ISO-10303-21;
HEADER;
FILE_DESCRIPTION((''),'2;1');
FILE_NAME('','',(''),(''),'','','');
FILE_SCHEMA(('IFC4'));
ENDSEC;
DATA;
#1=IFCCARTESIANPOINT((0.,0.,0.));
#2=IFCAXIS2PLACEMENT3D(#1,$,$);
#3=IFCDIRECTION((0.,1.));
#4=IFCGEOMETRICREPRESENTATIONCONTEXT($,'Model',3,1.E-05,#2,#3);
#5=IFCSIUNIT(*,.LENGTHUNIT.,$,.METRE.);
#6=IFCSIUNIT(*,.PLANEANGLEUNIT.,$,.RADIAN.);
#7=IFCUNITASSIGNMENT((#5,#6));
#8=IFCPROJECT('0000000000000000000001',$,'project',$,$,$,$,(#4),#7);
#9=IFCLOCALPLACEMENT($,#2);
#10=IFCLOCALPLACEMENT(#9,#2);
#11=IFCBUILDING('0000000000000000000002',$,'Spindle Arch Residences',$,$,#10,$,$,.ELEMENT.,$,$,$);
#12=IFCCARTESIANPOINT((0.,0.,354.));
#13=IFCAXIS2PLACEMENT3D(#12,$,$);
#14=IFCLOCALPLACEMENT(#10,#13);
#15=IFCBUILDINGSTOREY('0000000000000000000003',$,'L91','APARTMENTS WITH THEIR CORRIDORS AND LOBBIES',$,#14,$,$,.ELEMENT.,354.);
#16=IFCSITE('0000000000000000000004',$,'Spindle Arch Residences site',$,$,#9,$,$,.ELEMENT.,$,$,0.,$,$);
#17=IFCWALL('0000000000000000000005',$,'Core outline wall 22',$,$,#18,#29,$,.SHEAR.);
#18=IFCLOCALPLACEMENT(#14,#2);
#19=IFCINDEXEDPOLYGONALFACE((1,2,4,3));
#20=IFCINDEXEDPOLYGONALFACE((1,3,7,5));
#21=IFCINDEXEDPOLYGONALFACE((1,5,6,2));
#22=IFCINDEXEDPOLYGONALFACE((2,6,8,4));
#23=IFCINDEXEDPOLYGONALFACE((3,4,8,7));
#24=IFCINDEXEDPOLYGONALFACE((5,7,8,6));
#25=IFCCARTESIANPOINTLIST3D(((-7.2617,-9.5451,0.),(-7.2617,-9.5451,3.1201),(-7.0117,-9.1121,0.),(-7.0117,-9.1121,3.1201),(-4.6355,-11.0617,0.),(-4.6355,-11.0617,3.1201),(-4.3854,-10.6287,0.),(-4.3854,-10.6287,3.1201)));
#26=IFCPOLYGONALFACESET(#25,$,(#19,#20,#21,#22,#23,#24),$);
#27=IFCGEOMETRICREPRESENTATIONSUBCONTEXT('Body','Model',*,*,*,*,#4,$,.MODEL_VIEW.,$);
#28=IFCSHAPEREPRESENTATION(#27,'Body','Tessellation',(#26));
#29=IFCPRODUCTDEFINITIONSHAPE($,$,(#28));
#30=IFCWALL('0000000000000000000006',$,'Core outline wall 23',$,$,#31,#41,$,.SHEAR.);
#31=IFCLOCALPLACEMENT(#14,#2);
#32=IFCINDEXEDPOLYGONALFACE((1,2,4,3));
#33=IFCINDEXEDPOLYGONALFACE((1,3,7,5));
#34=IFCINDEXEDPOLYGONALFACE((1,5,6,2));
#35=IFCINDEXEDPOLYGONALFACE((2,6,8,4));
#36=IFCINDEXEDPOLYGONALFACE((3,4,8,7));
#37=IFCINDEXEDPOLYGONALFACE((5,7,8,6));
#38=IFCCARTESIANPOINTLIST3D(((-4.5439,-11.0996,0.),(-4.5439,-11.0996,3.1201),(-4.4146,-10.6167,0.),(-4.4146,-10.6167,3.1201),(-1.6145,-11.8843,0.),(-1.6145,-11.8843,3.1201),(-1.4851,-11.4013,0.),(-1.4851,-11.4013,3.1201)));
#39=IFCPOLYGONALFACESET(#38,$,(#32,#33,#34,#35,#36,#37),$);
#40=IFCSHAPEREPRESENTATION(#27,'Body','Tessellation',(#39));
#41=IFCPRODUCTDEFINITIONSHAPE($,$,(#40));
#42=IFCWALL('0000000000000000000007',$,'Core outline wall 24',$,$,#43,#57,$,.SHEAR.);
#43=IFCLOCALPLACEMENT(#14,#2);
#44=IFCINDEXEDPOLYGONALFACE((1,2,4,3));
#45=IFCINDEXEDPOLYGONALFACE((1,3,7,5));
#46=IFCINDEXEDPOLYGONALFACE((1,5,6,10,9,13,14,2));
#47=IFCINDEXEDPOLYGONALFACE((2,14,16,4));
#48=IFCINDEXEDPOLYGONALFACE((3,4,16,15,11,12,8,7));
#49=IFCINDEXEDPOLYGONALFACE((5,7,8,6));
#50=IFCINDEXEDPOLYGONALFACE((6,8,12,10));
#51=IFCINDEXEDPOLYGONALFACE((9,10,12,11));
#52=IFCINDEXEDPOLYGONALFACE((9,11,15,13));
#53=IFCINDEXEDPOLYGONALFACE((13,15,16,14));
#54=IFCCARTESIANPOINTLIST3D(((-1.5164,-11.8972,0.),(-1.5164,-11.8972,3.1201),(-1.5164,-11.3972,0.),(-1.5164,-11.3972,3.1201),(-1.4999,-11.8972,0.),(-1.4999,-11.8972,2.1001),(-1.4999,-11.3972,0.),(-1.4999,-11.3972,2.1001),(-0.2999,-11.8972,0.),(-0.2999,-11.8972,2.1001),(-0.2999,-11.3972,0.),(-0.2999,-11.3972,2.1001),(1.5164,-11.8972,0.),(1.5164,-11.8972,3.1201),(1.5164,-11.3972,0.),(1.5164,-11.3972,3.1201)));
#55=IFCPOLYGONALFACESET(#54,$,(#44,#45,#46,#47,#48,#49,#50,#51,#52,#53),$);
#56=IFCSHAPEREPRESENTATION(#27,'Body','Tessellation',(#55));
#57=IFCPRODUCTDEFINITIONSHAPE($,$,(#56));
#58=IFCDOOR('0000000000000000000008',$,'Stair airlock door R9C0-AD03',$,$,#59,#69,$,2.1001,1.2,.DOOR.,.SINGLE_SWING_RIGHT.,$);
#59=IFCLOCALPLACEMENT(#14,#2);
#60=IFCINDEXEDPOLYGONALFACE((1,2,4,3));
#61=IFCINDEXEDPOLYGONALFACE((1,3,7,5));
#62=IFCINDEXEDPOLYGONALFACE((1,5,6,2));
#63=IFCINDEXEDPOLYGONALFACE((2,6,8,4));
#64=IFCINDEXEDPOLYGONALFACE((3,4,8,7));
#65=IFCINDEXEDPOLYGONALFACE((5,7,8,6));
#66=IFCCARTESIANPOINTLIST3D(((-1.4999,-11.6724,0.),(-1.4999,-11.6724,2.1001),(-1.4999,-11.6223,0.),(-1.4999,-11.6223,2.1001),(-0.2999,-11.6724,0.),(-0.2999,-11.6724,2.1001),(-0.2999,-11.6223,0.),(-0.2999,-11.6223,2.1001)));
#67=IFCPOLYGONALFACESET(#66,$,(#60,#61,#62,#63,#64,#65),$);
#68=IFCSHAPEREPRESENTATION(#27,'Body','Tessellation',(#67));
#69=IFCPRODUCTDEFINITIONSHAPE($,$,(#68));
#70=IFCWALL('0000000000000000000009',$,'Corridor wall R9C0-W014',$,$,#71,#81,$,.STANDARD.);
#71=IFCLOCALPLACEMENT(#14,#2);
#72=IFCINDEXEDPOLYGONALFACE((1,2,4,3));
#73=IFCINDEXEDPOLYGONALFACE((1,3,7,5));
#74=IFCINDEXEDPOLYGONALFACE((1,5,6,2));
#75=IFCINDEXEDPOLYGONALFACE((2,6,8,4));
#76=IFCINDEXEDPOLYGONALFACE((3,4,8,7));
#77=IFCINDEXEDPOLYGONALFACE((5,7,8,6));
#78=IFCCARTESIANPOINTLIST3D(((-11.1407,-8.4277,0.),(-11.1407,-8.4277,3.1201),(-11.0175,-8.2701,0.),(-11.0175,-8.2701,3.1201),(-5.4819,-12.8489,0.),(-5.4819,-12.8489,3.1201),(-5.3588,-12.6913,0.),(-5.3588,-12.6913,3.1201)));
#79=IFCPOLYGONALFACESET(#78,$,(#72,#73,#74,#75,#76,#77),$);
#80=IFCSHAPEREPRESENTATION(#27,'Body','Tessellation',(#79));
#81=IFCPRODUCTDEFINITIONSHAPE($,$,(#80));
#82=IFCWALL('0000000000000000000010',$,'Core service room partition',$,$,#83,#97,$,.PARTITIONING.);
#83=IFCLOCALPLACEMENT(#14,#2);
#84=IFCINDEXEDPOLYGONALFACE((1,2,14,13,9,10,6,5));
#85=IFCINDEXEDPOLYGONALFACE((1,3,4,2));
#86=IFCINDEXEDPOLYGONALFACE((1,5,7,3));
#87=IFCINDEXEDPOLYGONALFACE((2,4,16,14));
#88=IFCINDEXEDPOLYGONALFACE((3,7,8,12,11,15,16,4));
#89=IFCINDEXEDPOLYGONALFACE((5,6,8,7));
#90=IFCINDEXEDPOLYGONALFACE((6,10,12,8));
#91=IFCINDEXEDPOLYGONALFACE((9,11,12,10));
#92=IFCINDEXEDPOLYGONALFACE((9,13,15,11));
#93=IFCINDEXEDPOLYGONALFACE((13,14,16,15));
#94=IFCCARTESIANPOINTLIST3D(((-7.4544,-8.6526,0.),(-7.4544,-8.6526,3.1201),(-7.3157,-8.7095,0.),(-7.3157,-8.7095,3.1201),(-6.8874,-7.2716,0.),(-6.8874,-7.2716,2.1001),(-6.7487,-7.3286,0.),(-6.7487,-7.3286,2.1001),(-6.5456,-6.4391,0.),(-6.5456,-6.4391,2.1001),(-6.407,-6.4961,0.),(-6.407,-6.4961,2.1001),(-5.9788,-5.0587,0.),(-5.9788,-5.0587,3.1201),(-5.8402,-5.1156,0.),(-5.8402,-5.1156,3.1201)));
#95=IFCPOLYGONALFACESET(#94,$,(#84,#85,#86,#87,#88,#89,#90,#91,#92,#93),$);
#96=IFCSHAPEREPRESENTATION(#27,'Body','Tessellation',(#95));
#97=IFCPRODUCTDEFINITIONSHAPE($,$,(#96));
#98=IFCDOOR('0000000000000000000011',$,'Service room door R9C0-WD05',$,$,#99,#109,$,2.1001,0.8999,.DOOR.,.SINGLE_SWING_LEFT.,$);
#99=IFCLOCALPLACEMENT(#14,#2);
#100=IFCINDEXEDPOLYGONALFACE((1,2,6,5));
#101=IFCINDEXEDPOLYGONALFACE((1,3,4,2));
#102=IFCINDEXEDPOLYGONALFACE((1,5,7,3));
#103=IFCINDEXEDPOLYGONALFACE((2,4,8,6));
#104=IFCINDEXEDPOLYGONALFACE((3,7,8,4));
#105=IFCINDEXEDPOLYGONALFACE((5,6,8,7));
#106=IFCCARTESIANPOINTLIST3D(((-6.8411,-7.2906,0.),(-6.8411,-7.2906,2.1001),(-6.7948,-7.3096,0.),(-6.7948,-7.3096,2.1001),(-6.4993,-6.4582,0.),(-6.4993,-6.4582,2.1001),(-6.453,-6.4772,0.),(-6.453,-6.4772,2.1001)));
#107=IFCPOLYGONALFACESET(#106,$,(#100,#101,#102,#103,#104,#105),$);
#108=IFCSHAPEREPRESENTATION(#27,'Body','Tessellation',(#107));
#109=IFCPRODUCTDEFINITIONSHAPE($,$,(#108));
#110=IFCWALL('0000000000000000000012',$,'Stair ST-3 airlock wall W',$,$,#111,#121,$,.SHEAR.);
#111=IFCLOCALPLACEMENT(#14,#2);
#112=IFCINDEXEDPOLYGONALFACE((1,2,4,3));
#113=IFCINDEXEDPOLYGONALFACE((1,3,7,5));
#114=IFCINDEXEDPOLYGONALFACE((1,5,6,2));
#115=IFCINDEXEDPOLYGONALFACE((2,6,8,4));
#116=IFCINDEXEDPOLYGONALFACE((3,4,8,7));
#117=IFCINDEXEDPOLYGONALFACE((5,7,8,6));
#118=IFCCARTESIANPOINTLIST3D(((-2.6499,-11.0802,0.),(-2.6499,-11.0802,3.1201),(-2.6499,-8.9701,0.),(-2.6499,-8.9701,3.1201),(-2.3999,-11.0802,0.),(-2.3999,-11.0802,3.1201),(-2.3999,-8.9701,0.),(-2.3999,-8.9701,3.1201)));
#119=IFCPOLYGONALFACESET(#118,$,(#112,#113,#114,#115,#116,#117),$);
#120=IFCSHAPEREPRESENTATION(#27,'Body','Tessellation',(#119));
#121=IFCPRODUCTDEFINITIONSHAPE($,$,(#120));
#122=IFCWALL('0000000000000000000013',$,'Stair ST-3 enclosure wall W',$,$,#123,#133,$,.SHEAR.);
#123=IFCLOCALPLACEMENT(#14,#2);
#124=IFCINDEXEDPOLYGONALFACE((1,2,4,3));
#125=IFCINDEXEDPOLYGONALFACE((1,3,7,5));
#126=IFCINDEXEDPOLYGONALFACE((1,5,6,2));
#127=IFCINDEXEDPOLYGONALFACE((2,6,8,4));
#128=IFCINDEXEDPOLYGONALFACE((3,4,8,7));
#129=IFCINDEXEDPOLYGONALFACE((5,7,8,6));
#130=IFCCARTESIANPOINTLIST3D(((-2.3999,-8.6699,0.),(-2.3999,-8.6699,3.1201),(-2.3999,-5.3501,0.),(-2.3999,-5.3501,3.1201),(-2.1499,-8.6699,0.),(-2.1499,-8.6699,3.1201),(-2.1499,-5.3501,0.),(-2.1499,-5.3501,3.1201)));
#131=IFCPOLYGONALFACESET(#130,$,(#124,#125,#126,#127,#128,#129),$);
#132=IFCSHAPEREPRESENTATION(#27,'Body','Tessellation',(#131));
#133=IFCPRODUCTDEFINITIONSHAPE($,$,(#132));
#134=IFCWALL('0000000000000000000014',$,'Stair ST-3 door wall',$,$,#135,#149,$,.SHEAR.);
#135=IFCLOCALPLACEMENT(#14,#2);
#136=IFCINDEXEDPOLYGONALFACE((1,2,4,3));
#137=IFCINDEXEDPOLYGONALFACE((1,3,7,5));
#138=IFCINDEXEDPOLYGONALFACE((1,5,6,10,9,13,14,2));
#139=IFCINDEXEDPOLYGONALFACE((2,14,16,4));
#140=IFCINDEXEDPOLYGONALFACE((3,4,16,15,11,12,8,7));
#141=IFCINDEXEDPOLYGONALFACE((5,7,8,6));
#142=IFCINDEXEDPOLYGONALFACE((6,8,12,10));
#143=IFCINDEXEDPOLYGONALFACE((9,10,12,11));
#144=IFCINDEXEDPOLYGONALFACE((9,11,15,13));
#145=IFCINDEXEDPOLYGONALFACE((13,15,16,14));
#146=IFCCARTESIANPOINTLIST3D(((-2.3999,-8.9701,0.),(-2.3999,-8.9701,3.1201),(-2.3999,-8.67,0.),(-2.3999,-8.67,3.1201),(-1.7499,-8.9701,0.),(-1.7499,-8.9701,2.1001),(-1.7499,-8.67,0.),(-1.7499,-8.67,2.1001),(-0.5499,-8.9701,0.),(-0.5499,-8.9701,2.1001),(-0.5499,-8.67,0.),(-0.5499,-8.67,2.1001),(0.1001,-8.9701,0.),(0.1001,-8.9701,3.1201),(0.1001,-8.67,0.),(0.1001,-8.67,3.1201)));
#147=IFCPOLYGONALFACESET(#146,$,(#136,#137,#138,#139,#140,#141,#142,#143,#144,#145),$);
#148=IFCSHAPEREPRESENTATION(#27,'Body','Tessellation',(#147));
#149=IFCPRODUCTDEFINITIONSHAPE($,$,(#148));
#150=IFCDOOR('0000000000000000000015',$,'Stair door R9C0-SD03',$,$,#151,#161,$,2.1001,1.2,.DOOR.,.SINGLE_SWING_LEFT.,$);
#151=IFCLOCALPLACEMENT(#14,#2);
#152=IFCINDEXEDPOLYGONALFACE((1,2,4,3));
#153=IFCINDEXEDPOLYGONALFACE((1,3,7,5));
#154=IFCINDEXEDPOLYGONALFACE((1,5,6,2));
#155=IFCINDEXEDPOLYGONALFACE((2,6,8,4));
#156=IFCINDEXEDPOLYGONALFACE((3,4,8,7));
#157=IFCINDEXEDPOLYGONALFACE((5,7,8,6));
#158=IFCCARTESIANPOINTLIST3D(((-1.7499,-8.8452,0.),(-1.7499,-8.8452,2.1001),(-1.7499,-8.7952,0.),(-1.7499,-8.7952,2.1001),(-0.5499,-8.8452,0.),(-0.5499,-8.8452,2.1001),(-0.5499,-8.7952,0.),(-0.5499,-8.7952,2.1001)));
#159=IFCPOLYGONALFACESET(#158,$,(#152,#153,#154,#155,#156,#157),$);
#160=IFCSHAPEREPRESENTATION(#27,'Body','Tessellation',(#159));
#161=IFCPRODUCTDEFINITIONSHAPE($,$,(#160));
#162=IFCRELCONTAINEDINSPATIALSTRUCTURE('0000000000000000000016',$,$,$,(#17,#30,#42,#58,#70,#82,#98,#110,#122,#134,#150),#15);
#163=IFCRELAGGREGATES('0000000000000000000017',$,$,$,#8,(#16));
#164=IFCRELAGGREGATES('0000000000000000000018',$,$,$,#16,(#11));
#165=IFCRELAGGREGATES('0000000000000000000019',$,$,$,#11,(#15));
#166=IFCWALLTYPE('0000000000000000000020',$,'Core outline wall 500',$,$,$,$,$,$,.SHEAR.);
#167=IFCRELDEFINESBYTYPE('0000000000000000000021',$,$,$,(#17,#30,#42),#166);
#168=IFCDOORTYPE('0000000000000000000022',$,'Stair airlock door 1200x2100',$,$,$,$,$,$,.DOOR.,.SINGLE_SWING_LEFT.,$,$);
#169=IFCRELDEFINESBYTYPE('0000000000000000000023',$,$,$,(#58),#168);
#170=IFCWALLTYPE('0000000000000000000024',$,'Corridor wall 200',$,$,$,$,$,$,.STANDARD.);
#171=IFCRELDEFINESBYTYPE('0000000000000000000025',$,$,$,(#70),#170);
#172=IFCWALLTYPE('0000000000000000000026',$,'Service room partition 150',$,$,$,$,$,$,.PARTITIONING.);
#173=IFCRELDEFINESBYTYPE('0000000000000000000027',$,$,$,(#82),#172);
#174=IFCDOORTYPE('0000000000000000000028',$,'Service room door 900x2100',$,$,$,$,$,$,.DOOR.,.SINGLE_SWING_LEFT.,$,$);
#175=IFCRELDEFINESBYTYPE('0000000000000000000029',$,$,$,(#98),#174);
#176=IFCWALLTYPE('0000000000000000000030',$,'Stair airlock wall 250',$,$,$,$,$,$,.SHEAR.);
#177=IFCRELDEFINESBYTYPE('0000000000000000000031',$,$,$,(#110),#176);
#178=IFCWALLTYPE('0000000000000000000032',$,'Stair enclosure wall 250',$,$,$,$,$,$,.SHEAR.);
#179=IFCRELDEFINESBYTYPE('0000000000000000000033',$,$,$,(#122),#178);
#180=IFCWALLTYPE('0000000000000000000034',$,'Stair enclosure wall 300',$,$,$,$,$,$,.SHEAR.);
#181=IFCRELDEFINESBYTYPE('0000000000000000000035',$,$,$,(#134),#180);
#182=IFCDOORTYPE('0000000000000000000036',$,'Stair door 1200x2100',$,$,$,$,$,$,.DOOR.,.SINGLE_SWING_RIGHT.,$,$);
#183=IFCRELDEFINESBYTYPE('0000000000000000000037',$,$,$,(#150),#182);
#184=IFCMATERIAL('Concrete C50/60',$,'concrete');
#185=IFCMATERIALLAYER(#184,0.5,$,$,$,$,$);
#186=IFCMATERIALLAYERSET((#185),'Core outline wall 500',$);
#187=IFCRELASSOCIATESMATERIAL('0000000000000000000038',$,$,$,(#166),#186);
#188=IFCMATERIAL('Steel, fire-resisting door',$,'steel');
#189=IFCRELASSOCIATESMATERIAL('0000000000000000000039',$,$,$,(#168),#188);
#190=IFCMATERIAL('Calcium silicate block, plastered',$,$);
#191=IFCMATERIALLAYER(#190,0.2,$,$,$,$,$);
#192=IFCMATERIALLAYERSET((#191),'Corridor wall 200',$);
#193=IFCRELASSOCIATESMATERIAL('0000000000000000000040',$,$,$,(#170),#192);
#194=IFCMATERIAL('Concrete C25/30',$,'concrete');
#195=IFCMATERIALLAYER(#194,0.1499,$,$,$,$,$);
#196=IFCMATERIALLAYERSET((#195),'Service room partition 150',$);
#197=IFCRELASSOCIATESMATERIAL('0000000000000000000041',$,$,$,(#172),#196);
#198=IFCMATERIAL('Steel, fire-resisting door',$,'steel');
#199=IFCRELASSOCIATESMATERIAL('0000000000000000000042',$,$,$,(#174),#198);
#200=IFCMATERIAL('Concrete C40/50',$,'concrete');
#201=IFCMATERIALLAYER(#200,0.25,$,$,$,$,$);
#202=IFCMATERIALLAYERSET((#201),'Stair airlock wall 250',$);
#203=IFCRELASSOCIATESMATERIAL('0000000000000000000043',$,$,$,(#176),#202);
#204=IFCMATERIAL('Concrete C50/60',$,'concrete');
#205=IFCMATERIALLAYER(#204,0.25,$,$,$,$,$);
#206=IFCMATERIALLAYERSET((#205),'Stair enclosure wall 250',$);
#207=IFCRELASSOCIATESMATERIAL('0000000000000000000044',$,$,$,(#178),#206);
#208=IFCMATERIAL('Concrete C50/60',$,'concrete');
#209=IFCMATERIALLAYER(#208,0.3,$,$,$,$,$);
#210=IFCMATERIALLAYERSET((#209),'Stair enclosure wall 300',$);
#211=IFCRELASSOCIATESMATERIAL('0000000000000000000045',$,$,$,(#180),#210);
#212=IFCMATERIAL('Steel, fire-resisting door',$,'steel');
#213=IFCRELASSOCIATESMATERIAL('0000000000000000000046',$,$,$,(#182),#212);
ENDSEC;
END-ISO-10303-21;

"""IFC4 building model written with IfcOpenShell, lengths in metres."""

from ifc_helpers import new_model, si_unit, direction, frame, frame_2d, origin, place, context, subcontext, project, spatial, rectangle, extrude, material, layer, layer_set, type_object, element, fill, save


model = new_model("IFC4")

# Units and contexts
model_context = context("Model", 3, precision=1e-05, world=origin(), true_north=direction((0.0, 1.0)))
body_context = subcontext(model_context, "Body", "Model", "MODEL_VIEW")
ifc_project = project(units=[si_unit("LENGTHUNIT", "METRE"), si_unit("PLANEANGLEUNIT", "RADIAN")], contexts=[model_context])

# Site, building, storey
site_placement = place(None, origin())
site = spatial("IfcSite", under=ifc_project, at=site_placement, Name="Spindle Arch Residences site", CompositionType="ELEMENT", RefElevation=0.0)
building_placement = place(site_placement, origin())
building = spatial("IfcBuilding", under=site, at=building_placement, Name="Spindle Arch Residences", CompositionType="ELEMENT")
storey_placement = place(building_placement, frame((0.0, 0.0, 354.0)))
storey = spatial("IfcBuildingStorey", under=building, at=storey_placement, Name="L91", Description="APARTMENTS WITH THEIR CORRIDORS AND LOBBIES", CompositionType="ELEMENT", Elevation=354.0)

# Walls
ifc_material_1 = material(Name="Concrete C50/60", Category="concrete")
ifc_layer_1 = layer(ifc_material_1, 0.5)
ifc_layer_set_1 = layer_set([ifc_layer_1], Name="Core outline wall 500")
wall_type_1 = type_object("IfcWallType", Name="Core outline wall 500", PredefinedType="SHEAR", material=ifc_layer_set_1)
for number, where, z_axis, x_axis, name in (
    (1, (-7.1367, -9.3286, 0.0), (0.0, 0.0, 1.0), (0.865975, -0.500087, 0.0), "Core outline wall 22"),
    (2, (-4.4792, -10.8582, 0.0), (0.0, 0.0, 1.0), (0.965948, -0.258735, 0.0), "Core outline wall 23"),
):
    element("IfcWall", number, at=place(storey_placement, frame(where, z_axis=z_axis, x_axis=x_axis)), inside=storey, type_object=wall_type_1, Name=name, PredefinedType="SHEAR", context=body_context, shape_type="SweptSolid", body=[
        extrude(rectangle(XDim=3.0327, YDim=0.5, at=frame_2d((1.5164, 0.0))), origin(), (0.0, 0.0, 1.0), 3.1201),
    ])

# Wall, opening, door
wall_1_placement = place(storey_placement, frame((-1.5164, -11.6472, 0.0), z_axis=(0.0, 0.0, 1.0), x_axis=(1.0, 0.0, 0.0)))
wall_1 = element("IfcWall", 3, at=wall_1_placement, inside=storey, type_object=wall_type_1, Name="Core outline wall 24", PredefinedType="SHEAR", context=body_context, shape_type="SweptSolid", body=[
    extrude(rectangle(XDim=3.0327, YDim=0.5, at=frame_2d((1.5164, 0.0))), origin(), (0.0, 0.0, 1.0), 3.1201),
])
opening_1_placement = place(wall_1_placement, frame((0.0164, 0.0, 0.0)))
opening_1 = element("IfcOpeningElement", 4, at=opening_1_placement, cuts=wall_1, PredefinedType="OPENING", context=body_context, shape_type="SweptSolid", body=[
    extrude(rectangle(XDim=1.2, YDim=2.1001, at=frame_2d((0.6001, 1.05))), frame((0.0, 0.26, 0.0), z_axis=(0.0, -1.0, 0.0), x_axis=(1.0, 0.0, 0.0)), (0.0, 0.0, 1.0), 0.52),
])
ifc_material_2 = material(Name="Steel, fire-resisting door", Category="steel")
door_type_1 = type_object("IfcDoorType", Name="Stair airlock door 1200x2100", OperationType="SINGLE_SWING_LEFT", PredefinedType="DOOR", material=ifc_material_2)
door_1_placement = place(opening_1_placement, origin())
door_1 = element("IfcDoor", 5, at=door_1_placement, inside=storey, type_object=door_type_1, Name="Stair airlock door R9C0-AD03", OperationType="SINGLE_SWING_RIGHT", OverallHeight=2.1001, OverallWidth=1.2, PredefinedType="DOOR", context=body_context, shape_type="SweptSolid", body=[
    extrude(rectangle(XDim=1.2, YDim=2.1001, at=frame_2d((0.6001, 1.05))), frame((0.0, 0.0249, 0.0), z_axis=(0.0, -1.0, 0.0), x_axis=(1.0, 0.0, 0.0)), (0.0, 0.0, 1.0), 0.05),
])
fill(opening_1, door_1)

# Wall
ifc_material_3 = material(Name="Calcium silicate block, plastered")
ifc_layer_2 = layer(ifc_material_3, 0.2)
ifc_layer_set_2 = layer_set([ifc_layer_2], Name="Corridor wall 200")
wall_type_2 = type_object("IfcWallType", Name="Corridor wall 200", PredefinedType="STANDARD", material=ifc_layer_set_2)
wall_2_placement = place(storey_placement, frame((-11.0791, -8.3489, 0.0), z_axis=(0.0, 0.0, 1.0), x_axis=(0.788005, -0.615669, 0.0)))
element("IfcWall", 6, at=wall_2_placement, inside=storey, type_object=wall_type_2, Name="Corridor wall R9C0-W014", PredefinedType="STANDARD", context=body_context, shape_type="SweptSolid", body=[
    extrude(rectangle(XDim=7.1812, YDim=0.2, at=frame_2d((3.5906, 0.0))), origin(), (0.0, 0.0, 1.0), 3.1201),
])

# Wall, opening, door
ifc_material_4 = material(Name="Concrete C25/30", Category="concrete")
ifc_layer_3 = layer(ifc_material_4, 0.1499)
ifc_layer_set_3 = layer_set([ifc_layer_3], Name="Service room partition 150")
wall_type_3 = type_object("IfcWallType", Name="Service room partition 150", PredefinedType="PARTITIONING", material=ifc_layer_set_3)
wall_3_placement = place(storey_placement, frame((-7.385, -8.6809, 0.0), z_axis=(0.0, 0.0, 1.0), x_axis=(0.379805, 0.925067, 0.0)))
wall_3 = element("IfcWall", 7, at=wall_3_placement, inside=storey, type_object=wall_type_3, Name="Core service room partition", PredefinedType="PARTITIONING", context=body_context, shape_type="SweptSolid", body=[
    extrude(rectangle(XDim=3.885, YDim=0.1499, at=frame_2d((1.9424, 0.0))), origin(), (0.0, 0.0, 1.0), 3.1201),
])
opening_2_placement = place(wall_3_placement, frame((1.4927, 0.0, 0.0)))
opening_2 = element("IfcOpeningElement", 8, at=opening_2_placement, cuts=wall_3, PredefinedType="OPENING", context=body_context, shape_type="SweptSolid", body=[
    extrude(rectangle(XDim=0.8999, YDim=2.1001, at=frame_2d((0.45, 1.05))), frame((0.0, 0.085, 0.0), z_axis=(0.0, -1.0, 0.0), x_axis=(1.0, 0.0, 0.0)), (0.0, 0.0, 1.0), 0.1699),
])
ifc_material_5 = material(Name="Steel, fire-resisting door", Category="steel")
door_type_2 = type_object("IfcDoorType", Name="Service room door 900x2100", OperationType="SINGLE_SWING_LEFT", PredefinedType="DOOR", material=ifc_material_5)
door_2_placement = place(opening_2_placement, origin())
door_2 = element("IfcDoor", 9, at=door_2_placement, inside=storey, type_object=door_type_2, Name="Service room door R9C0-WD05", OperationType="SINGLE_SWING_LEFT", OverallHeight=2.1001, OverallWidth=0.8999, PredefinedType="DOOR", context=body_context, shape_type="SweptSolid", body=[
    extrude(rectangle(XDim=0.8999, YDim=2.1001, at=frame_2d((0.45, 1.05))), frame((0.0, 0.0249, 0.0), z_axis=(0.0, -1.0, 0.0), x_axis=(1.0, 0.0, 0.0)), (0.0, 0.0, 1.0), 0.05),
])
fill(opening_2, door_2)

# Walls
ifc_material_6 = material(Name="Concrete C40/50", Category="concrete")
ifc_layer_4 = layer(ifc_material_6, 0.25)
ifc_layer_set_4 = layer_set([ifc_layer_4], Name="Stair airlock wall 250")
wall_type_4 = type_object("IfcWallType", Name="Stair airlock wall 250", PredefinedType="SHEAR", material=ifc_layer_set_4)
wall_4_placement = place(storey_placement, frame((-2.5249, -8.97, 0.0), z_axis=(0.0, 0.0, 1.0), x_axis=(0.0, -1.0, 0.0)))
element("IfcWall", 10, at=wall_4_placement, inside=storey, type_object=wall_type_4, Name="Stair ST-3 airlock wall W", PredefinedType="SHEAR", context=body_context, shape_type="SweptSolid", body=[
    extrude(rectangle(XDim=2.1101, YDim=0.25, at=frame_2d((1.0552, 0.0))), origin(), (0.0, 0.0, 1.0), 3.1201),
])
ifc_material_7 = material(Name="Concrete C50/60", Category="concrete")
ifc_layer_5 = layer(ifc_material_7, 0.25)
ifc_layer_set_5 = layer_set([ifc_layer_5], Name="Stair enclosure wall 250")
wall_type_5 = type_object("IfcWallType", Name="Stair enclosure wall 250", PredefinedType="SHEAR", material=ifc_layer_set_5)
wall_5_placement = place(storey_placement, frame((-2.2749, -8.6699, 0.0), z_axis=(0.0, 0.0, 1.0), x_axis=(0.0, 1.0, 0.0)))
element("IfcWall", 11, at=wall_5_placement, inside=storey, type_object=wall_type_5, Name="Stair ST-3 enclosure wall W", PredefinedType="SHEAR", context=body_context, shape_type="SweptSolid", body=[
    extrude(rectangle(XDim=3.3198, YDim=0.25, at=frame_2d((1.6599, 0.0))), origin(), (0.0, 0.0, 1.0), 3.1201),
])

# Wall, opening, door
ifc_material_8 = material(Name="Concrete C50/60", Category="concrete")
ifc_layer_6 = layer(ifc_material_8, 0.3)
ifc_layer_set_6 = layer_set([ifc_layer_6], Name="Stair enclosure wall 300")
wall_type_6 = type_object("IfcWallType", Name="Stair enclosure wall 300", PredefinedType="SHEAR", material=ifc_layer_set_6)
wall_6_placement = place(storey_placement, frame((-2.3999, -8.8201, 0.0), z_axis=(0.0, 0.0, 1.0), x_axis=(1.0, 0.0, 0.0)))
wall_6 = element("IfcWall", 12, at=wall_6_placement, inside=storey, type_object=wall_type_6, Name="Stair ST-3 door wall", PredefinedType="SHEAR", context=body_context, shape_type="SweptSolid", body=[
    extrude(rectangle(XDim=2.5, YDim=0.3, at=frame_2d((1.25, 0.0))), origin(), (0.0, 0.0, 1.0), 3.1201),
])
opening_3_placement = place(wall_6_placement, frame((0.6499, 0.0, 0.0)))
opening_3 = element("IfcOpeningElement", 13, at=opening_3_placement, cuts=wall_6, PredefinedType="OPENING", context=body_context, shape_type="SweptSolid", body=[
    extrude(rectangle(XDim=1.2, YDim=2.1001, at=frame_2d((0.6001, 1.05))), frame((0.0, 0.1602, 0.0), z_axis=(0.0, -1.0, 0.0), x_axis=(1.0, 0.0, 0.0)), (0.0, 0.0, 1.0), 0.3201),
])
ifc_material_9 = material(Name="Steel, fire-resisting door", Category="steel")
door_type_3 = type_object("IfcDoorType", Name="Stair door 1200x2100", OperationType="SINGLE_SWING_RIGHT", PredefinedType="DOOR", material=ifc_material_9)
door_3_placement = place(opening_3_placement, origin())
door_3 = element("IfcDoor", 14, at=door_3_placement, inside=storey, type_object=door_type_3, Name="Stair door R9C0-SD03", OperationType="SINGLE_SWING_LEFT", OverallHeight=2.1001, OverallWidth=1.2, PredefinedType="DOOR", context=body_context, shape_type="SweptSolid", body=[
    extrude(rectangle(XDim=1.2, YDim=2.1001, at=frame_2d((0.6001, 1.05))), frame((0.0, 0.0249, 0.0), z_axis=(0.0, -1.0, 0.0), x_axis=(1.0, 0.0, 0.0)), (0.0, 0.0, 1.0), 0.05),
])
fill(opening_3, door_3)

save(model, "model.ifc")
